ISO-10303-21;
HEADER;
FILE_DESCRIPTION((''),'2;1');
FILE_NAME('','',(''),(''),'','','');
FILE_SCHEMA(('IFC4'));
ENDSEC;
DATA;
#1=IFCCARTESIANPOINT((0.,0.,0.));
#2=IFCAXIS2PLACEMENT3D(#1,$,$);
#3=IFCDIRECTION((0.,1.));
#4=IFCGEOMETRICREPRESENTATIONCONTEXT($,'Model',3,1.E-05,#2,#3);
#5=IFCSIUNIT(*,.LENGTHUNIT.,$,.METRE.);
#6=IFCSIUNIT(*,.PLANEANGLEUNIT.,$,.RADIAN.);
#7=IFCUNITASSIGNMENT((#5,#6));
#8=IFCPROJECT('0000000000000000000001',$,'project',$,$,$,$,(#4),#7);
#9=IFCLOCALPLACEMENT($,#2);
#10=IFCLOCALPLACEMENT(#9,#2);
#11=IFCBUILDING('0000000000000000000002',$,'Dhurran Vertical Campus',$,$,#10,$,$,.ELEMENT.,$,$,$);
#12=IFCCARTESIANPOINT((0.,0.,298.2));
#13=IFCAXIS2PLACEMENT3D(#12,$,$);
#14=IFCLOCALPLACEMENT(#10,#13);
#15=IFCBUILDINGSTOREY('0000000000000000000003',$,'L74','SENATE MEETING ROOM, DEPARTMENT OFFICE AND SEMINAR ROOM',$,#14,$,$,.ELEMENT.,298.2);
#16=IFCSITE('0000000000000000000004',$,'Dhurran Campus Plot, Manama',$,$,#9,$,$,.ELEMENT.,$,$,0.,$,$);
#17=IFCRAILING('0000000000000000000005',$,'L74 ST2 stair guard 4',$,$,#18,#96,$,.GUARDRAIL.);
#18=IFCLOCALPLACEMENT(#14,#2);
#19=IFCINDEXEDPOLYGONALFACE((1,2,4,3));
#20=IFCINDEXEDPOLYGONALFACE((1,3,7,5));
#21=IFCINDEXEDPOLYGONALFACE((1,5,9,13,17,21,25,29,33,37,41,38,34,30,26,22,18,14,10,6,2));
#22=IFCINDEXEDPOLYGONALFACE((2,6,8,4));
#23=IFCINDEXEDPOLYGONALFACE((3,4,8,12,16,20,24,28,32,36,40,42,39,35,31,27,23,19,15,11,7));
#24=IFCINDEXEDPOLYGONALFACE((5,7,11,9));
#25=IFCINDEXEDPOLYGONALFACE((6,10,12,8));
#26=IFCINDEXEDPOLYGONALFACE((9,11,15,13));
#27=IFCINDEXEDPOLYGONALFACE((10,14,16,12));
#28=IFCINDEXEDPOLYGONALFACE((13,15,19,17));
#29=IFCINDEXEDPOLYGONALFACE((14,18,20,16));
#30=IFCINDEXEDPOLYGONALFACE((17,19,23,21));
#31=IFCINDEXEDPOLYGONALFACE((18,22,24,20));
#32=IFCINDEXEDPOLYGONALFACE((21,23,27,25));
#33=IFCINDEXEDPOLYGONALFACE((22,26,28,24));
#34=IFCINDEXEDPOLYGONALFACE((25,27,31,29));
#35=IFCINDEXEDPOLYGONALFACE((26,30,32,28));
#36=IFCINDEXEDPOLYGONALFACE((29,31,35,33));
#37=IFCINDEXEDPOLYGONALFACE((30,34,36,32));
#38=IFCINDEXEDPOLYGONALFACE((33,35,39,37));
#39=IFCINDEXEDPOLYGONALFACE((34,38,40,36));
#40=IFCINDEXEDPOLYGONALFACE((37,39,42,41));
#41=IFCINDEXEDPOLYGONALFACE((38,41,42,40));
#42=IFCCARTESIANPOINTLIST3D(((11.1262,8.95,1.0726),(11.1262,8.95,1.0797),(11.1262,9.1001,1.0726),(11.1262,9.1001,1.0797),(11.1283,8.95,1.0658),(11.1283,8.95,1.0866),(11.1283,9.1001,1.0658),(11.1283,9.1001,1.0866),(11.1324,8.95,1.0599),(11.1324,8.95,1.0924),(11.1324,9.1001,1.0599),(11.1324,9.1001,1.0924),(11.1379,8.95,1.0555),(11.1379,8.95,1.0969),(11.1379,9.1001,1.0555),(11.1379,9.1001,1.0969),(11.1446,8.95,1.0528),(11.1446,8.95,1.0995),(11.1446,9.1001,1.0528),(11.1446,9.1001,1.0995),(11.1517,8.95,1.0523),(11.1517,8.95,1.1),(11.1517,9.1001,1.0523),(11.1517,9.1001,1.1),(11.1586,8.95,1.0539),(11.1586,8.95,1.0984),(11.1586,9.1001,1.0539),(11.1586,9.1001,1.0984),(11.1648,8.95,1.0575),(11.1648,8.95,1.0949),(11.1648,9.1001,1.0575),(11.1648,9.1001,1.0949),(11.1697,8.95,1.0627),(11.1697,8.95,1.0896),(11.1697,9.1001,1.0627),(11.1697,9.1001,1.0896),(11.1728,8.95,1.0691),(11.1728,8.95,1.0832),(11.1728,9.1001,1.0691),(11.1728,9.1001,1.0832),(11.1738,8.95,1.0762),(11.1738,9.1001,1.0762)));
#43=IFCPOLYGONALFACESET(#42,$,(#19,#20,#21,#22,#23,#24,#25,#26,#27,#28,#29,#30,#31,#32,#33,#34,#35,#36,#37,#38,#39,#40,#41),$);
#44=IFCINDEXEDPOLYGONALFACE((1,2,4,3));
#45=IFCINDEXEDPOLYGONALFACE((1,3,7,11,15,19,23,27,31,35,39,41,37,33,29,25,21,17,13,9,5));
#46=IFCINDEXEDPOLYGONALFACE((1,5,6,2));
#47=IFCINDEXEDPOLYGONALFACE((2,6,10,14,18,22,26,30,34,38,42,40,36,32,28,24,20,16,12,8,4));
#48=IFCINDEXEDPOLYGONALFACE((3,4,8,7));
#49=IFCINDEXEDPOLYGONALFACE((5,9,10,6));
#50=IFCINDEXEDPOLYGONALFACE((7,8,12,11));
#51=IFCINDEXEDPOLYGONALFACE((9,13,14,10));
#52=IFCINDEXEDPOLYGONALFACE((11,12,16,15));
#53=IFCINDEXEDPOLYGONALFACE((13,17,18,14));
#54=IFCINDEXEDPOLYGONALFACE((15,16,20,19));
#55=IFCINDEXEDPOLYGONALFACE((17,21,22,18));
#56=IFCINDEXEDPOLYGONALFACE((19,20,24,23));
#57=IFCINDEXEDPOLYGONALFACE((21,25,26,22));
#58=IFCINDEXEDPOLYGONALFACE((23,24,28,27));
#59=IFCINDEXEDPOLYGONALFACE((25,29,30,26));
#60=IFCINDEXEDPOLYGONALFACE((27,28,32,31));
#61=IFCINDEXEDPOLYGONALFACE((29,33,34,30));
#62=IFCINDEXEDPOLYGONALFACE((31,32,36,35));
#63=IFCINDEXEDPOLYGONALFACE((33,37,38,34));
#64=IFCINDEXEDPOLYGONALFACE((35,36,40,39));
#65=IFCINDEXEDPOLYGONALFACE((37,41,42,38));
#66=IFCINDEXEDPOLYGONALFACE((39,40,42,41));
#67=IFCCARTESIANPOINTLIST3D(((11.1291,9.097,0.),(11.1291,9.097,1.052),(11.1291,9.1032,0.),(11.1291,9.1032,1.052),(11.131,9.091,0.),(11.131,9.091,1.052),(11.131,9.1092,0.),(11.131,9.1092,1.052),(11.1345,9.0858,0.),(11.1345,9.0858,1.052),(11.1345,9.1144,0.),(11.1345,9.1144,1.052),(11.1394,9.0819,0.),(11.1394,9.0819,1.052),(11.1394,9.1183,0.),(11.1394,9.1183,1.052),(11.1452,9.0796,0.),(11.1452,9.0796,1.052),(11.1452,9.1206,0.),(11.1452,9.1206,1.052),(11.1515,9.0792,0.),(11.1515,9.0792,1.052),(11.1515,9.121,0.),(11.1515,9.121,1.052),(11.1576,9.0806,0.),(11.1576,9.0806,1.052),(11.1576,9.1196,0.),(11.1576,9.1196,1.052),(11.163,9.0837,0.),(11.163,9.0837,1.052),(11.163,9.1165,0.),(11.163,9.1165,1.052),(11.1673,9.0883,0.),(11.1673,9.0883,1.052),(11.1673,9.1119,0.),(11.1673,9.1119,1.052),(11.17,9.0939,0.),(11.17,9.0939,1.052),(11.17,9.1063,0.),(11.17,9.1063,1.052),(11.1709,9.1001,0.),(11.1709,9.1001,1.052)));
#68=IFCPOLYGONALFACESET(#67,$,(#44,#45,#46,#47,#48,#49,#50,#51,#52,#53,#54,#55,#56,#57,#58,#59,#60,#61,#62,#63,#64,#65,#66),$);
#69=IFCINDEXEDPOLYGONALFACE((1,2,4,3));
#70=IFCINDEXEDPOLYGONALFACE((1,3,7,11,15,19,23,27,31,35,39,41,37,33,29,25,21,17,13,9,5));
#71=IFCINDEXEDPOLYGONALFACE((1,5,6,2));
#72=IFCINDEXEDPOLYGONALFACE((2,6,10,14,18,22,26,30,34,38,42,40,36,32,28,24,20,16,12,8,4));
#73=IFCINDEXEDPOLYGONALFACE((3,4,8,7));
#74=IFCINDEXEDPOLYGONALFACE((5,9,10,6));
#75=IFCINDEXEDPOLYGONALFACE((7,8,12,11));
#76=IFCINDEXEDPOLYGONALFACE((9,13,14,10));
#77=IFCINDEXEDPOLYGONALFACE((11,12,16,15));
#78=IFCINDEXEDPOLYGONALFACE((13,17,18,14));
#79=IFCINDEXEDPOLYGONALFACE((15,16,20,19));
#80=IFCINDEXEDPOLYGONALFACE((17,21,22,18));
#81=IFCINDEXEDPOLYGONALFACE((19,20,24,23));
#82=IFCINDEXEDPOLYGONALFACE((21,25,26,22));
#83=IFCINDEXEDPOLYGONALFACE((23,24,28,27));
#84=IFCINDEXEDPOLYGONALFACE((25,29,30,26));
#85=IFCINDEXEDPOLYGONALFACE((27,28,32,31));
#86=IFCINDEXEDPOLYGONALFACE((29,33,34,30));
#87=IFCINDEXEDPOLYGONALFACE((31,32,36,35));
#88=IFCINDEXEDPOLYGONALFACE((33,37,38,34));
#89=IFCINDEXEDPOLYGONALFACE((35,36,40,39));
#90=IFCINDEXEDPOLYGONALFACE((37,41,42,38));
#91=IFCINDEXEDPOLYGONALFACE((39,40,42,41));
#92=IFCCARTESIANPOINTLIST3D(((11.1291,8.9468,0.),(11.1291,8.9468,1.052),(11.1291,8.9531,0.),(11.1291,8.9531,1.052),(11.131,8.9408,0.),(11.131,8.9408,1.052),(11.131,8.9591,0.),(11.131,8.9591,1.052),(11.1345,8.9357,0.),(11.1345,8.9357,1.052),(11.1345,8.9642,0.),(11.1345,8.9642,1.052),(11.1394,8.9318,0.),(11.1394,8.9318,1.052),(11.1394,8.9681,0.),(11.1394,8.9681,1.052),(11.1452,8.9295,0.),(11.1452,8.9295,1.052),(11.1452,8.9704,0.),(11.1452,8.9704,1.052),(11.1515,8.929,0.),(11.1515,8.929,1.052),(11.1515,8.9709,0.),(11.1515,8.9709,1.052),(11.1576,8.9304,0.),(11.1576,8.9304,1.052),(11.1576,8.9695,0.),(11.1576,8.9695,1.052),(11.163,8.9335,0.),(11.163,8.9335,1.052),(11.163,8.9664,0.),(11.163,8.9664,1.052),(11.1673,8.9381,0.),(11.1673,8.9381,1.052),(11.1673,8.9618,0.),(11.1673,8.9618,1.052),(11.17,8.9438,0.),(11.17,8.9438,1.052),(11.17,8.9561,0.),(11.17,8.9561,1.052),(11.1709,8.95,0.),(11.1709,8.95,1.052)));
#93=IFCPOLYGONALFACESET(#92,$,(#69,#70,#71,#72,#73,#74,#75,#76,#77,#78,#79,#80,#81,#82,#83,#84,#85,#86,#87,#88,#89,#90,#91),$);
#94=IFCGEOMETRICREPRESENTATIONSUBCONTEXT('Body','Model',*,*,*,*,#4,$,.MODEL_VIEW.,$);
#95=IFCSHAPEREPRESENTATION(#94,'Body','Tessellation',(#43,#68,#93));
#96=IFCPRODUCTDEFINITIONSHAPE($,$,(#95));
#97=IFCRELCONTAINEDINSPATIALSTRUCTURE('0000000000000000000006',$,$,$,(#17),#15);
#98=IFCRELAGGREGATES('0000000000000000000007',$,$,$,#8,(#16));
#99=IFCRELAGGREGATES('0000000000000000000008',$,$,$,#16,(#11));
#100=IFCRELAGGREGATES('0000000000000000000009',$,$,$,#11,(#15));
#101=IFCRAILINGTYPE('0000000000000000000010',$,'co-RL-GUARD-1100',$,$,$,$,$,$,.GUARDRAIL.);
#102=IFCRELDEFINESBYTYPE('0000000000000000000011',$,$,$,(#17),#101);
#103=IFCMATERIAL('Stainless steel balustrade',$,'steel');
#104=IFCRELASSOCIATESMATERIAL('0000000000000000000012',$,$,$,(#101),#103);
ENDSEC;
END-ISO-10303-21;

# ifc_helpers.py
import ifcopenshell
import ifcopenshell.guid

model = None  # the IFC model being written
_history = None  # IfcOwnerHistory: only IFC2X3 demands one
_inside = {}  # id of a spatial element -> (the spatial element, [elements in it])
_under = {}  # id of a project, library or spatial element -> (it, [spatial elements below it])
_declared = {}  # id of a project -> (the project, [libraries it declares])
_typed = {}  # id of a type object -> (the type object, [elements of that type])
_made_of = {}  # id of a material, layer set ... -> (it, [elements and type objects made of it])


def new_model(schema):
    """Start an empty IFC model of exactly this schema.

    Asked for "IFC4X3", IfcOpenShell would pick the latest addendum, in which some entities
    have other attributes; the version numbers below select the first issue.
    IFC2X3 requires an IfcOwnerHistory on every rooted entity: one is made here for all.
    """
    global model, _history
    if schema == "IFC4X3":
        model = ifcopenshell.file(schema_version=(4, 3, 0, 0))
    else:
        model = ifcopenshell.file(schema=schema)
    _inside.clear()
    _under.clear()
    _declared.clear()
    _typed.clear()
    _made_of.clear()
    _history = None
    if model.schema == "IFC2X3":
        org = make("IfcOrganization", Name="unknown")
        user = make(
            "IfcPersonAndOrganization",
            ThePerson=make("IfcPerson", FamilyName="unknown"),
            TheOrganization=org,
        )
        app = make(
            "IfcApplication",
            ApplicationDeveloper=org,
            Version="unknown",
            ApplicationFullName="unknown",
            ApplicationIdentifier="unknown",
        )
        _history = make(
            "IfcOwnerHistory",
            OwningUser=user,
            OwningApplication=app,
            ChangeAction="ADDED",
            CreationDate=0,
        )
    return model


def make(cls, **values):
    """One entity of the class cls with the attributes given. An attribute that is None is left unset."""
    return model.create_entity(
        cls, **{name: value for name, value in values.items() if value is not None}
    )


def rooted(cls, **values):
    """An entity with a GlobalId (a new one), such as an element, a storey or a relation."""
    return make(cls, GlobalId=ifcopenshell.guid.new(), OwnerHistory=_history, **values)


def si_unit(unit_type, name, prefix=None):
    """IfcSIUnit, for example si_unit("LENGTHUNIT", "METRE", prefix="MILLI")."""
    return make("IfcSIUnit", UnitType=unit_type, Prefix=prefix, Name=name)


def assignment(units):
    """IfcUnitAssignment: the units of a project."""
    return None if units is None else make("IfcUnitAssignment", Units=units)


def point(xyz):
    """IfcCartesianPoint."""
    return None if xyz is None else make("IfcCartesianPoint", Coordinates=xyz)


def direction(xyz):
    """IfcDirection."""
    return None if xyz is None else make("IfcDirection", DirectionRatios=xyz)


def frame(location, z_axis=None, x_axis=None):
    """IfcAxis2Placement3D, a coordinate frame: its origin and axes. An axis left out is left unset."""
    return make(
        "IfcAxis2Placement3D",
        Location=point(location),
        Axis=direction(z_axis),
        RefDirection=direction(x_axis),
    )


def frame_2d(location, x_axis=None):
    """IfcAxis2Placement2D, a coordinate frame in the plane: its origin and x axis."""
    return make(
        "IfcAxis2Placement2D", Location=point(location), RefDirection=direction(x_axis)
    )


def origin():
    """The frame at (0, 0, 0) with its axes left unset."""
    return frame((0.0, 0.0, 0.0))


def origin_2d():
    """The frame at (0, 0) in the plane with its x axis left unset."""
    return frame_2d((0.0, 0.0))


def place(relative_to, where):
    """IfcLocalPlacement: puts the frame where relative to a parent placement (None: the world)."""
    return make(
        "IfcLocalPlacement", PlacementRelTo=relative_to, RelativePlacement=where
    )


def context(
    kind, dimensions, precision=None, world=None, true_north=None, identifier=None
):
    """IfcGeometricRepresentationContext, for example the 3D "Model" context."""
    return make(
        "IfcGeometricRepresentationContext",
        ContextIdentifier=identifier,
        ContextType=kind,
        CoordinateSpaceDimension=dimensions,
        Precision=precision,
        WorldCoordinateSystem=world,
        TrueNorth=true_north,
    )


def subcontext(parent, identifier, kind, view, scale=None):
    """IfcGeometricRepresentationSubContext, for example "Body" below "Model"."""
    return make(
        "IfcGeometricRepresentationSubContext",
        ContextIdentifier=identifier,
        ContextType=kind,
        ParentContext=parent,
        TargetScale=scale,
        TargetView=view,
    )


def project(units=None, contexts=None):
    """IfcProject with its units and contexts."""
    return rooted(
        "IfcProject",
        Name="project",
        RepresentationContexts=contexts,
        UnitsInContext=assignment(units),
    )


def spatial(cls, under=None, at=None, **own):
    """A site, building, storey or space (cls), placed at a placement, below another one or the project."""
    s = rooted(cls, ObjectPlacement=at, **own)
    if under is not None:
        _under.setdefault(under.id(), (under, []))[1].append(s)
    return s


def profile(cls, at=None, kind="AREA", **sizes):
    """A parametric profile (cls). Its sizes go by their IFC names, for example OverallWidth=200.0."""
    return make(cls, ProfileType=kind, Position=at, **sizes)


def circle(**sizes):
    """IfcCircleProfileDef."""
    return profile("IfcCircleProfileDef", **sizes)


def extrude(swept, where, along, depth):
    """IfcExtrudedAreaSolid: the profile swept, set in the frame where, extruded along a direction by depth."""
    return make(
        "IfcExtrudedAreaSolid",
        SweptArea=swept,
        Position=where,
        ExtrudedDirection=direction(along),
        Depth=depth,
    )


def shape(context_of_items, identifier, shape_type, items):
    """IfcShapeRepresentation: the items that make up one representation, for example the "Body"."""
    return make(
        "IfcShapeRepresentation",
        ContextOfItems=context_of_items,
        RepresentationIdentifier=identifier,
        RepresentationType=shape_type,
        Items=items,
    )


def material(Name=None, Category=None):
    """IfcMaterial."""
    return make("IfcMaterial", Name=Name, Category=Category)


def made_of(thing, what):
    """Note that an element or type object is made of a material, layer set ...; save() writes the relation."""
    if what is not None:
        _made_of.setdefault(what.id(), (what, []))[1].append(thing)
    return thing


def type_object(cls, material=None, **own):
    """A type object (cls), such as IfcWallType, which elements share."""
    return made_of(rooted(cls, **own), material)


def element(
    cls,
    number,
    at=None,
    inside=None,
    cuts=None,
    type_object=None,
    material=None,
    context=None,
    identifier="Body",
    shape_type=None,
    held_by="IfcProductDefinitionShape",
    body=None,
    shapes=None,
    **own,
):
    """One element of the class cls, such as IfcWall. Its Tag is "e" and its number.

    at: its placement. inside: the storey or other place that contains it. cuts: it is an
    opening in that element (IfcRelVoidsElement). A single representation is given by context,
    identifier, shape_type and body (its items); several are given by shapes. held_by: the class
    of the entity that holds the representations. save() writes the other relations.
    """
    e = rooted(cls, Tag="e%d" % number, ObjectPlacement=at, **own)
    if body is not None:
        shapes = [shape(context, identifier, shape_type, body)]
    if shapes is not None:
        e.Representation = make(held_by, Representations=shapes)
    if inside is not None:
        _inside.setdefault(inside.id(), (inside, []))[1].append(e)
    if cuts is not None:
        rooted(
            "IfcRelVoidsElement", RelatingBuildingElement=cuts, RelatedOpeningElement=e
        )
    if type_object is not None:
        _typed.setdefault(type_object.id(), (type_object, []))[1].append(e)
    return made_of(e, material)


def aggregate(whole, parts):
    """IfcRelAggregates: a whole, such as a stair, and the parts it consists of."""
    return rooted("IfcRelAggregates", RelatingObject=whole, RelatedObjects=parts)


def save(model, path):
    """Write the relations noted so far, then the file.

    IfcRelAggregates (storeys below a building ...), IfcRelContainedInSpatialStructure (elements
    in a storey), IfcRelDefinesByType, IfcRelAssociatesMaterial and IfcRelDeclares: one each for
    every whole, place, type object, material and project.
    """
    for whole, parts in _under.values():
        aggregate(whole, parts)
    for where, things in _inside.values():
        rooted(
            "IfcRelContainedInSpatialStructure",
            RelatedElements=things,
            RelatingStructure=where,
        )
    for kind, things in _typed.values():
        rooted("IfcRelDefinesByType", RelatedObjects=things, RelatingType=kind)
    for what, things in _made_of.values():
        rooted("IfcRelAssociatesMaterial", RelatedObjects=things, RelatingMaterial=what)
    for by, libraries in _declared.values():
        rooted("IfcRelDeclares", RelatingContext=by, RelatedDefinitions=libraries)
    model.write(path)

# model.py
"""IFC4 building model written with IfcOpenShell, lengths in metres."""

from ifc_helpers import new_model, si_unit, direction, frame, origin, origin_2d, place, context, subcontext, project, spatial, circle, extrude, material, type_object, element, save


model = new_model("IFC4")

# Units and contexts
model_context = context("Model", 3, precision=1e-05, world=origin(), true_north=direction((0.0, 1.0)))
body_context = subcontext(model_context, "Body", "Model", "MODEL_VIEW")
ifc_project = project(units=[si_unit("LENGTHUNIT", "METRE"), si_unit("PLANEANGLEUNIT", "RADIAN")], contexts=[model_context])

# Site, building, storey
site_placement = place(None, origin())
site = spatial("IfcSite", under=ifc_project, at=site_placement, Name="Dhurran Campus Plot, Manama", CompositionType="ELEMENT", RefElevation=0.0)
building_placement = place(site_placement, origin())
building = spatial("IfcBuilding", under=site, at=building_placement, Name="Dhurran Vertical Campus", CompositionType="ELEMENT")
storey_placement = place(building_placement, frame((0.0, 0.0, 298.2)))
storey = spatial("IfcBuildingStorey", under=building, at=storey_placement, Name="L74", Description="SENATE MEETING ROOM, DEPARTMENT OFFICE AND SEMINAR ROOM", CompositionType="ELEMENT", Elevation=298.2)

# Railing
ifc_material_1 = material(Name="Stainless steel balustrade", Category="steel")
railing_type = type_object("IfcRailingType", Name="co-RL-GUARD-1100", PredefinedType="GUARDRAIL", material=ifc_material_1)
railing_1_placement = place(storey_placement, frame((11.1499, 9.1001, 0.0)))
element("IfcRailing", 1, at=railing_1_placement, inside=storey, type_object=railing_type, Name="L74 ST2 stair guard 4", PredefinedType="GUARDRAIL", context=body_context, shape_type="SweptSolid", body=[
    extrude(circle(Radius=0.0239, at=origin_2d()), frame((0.0, 0.0, 1.0762), z_axis=(0.0, -1.0, 0.0), x_axis=(1.0, 0.0, 0.0)), (0.0, 0.0, 1.0), 0.1501),
    extrude(circle(Radius=0.021, at=origin_2d()), origin(), (0.0, 0.0, 1.0), 1.052),
    extrude(circle(Radius=0.021, at=origin_2d()), frame((0.0, -0.1501, 0.0)), (0.0, 0.0, 1.0), 1.052),
])

save(model, "model.ifc")
